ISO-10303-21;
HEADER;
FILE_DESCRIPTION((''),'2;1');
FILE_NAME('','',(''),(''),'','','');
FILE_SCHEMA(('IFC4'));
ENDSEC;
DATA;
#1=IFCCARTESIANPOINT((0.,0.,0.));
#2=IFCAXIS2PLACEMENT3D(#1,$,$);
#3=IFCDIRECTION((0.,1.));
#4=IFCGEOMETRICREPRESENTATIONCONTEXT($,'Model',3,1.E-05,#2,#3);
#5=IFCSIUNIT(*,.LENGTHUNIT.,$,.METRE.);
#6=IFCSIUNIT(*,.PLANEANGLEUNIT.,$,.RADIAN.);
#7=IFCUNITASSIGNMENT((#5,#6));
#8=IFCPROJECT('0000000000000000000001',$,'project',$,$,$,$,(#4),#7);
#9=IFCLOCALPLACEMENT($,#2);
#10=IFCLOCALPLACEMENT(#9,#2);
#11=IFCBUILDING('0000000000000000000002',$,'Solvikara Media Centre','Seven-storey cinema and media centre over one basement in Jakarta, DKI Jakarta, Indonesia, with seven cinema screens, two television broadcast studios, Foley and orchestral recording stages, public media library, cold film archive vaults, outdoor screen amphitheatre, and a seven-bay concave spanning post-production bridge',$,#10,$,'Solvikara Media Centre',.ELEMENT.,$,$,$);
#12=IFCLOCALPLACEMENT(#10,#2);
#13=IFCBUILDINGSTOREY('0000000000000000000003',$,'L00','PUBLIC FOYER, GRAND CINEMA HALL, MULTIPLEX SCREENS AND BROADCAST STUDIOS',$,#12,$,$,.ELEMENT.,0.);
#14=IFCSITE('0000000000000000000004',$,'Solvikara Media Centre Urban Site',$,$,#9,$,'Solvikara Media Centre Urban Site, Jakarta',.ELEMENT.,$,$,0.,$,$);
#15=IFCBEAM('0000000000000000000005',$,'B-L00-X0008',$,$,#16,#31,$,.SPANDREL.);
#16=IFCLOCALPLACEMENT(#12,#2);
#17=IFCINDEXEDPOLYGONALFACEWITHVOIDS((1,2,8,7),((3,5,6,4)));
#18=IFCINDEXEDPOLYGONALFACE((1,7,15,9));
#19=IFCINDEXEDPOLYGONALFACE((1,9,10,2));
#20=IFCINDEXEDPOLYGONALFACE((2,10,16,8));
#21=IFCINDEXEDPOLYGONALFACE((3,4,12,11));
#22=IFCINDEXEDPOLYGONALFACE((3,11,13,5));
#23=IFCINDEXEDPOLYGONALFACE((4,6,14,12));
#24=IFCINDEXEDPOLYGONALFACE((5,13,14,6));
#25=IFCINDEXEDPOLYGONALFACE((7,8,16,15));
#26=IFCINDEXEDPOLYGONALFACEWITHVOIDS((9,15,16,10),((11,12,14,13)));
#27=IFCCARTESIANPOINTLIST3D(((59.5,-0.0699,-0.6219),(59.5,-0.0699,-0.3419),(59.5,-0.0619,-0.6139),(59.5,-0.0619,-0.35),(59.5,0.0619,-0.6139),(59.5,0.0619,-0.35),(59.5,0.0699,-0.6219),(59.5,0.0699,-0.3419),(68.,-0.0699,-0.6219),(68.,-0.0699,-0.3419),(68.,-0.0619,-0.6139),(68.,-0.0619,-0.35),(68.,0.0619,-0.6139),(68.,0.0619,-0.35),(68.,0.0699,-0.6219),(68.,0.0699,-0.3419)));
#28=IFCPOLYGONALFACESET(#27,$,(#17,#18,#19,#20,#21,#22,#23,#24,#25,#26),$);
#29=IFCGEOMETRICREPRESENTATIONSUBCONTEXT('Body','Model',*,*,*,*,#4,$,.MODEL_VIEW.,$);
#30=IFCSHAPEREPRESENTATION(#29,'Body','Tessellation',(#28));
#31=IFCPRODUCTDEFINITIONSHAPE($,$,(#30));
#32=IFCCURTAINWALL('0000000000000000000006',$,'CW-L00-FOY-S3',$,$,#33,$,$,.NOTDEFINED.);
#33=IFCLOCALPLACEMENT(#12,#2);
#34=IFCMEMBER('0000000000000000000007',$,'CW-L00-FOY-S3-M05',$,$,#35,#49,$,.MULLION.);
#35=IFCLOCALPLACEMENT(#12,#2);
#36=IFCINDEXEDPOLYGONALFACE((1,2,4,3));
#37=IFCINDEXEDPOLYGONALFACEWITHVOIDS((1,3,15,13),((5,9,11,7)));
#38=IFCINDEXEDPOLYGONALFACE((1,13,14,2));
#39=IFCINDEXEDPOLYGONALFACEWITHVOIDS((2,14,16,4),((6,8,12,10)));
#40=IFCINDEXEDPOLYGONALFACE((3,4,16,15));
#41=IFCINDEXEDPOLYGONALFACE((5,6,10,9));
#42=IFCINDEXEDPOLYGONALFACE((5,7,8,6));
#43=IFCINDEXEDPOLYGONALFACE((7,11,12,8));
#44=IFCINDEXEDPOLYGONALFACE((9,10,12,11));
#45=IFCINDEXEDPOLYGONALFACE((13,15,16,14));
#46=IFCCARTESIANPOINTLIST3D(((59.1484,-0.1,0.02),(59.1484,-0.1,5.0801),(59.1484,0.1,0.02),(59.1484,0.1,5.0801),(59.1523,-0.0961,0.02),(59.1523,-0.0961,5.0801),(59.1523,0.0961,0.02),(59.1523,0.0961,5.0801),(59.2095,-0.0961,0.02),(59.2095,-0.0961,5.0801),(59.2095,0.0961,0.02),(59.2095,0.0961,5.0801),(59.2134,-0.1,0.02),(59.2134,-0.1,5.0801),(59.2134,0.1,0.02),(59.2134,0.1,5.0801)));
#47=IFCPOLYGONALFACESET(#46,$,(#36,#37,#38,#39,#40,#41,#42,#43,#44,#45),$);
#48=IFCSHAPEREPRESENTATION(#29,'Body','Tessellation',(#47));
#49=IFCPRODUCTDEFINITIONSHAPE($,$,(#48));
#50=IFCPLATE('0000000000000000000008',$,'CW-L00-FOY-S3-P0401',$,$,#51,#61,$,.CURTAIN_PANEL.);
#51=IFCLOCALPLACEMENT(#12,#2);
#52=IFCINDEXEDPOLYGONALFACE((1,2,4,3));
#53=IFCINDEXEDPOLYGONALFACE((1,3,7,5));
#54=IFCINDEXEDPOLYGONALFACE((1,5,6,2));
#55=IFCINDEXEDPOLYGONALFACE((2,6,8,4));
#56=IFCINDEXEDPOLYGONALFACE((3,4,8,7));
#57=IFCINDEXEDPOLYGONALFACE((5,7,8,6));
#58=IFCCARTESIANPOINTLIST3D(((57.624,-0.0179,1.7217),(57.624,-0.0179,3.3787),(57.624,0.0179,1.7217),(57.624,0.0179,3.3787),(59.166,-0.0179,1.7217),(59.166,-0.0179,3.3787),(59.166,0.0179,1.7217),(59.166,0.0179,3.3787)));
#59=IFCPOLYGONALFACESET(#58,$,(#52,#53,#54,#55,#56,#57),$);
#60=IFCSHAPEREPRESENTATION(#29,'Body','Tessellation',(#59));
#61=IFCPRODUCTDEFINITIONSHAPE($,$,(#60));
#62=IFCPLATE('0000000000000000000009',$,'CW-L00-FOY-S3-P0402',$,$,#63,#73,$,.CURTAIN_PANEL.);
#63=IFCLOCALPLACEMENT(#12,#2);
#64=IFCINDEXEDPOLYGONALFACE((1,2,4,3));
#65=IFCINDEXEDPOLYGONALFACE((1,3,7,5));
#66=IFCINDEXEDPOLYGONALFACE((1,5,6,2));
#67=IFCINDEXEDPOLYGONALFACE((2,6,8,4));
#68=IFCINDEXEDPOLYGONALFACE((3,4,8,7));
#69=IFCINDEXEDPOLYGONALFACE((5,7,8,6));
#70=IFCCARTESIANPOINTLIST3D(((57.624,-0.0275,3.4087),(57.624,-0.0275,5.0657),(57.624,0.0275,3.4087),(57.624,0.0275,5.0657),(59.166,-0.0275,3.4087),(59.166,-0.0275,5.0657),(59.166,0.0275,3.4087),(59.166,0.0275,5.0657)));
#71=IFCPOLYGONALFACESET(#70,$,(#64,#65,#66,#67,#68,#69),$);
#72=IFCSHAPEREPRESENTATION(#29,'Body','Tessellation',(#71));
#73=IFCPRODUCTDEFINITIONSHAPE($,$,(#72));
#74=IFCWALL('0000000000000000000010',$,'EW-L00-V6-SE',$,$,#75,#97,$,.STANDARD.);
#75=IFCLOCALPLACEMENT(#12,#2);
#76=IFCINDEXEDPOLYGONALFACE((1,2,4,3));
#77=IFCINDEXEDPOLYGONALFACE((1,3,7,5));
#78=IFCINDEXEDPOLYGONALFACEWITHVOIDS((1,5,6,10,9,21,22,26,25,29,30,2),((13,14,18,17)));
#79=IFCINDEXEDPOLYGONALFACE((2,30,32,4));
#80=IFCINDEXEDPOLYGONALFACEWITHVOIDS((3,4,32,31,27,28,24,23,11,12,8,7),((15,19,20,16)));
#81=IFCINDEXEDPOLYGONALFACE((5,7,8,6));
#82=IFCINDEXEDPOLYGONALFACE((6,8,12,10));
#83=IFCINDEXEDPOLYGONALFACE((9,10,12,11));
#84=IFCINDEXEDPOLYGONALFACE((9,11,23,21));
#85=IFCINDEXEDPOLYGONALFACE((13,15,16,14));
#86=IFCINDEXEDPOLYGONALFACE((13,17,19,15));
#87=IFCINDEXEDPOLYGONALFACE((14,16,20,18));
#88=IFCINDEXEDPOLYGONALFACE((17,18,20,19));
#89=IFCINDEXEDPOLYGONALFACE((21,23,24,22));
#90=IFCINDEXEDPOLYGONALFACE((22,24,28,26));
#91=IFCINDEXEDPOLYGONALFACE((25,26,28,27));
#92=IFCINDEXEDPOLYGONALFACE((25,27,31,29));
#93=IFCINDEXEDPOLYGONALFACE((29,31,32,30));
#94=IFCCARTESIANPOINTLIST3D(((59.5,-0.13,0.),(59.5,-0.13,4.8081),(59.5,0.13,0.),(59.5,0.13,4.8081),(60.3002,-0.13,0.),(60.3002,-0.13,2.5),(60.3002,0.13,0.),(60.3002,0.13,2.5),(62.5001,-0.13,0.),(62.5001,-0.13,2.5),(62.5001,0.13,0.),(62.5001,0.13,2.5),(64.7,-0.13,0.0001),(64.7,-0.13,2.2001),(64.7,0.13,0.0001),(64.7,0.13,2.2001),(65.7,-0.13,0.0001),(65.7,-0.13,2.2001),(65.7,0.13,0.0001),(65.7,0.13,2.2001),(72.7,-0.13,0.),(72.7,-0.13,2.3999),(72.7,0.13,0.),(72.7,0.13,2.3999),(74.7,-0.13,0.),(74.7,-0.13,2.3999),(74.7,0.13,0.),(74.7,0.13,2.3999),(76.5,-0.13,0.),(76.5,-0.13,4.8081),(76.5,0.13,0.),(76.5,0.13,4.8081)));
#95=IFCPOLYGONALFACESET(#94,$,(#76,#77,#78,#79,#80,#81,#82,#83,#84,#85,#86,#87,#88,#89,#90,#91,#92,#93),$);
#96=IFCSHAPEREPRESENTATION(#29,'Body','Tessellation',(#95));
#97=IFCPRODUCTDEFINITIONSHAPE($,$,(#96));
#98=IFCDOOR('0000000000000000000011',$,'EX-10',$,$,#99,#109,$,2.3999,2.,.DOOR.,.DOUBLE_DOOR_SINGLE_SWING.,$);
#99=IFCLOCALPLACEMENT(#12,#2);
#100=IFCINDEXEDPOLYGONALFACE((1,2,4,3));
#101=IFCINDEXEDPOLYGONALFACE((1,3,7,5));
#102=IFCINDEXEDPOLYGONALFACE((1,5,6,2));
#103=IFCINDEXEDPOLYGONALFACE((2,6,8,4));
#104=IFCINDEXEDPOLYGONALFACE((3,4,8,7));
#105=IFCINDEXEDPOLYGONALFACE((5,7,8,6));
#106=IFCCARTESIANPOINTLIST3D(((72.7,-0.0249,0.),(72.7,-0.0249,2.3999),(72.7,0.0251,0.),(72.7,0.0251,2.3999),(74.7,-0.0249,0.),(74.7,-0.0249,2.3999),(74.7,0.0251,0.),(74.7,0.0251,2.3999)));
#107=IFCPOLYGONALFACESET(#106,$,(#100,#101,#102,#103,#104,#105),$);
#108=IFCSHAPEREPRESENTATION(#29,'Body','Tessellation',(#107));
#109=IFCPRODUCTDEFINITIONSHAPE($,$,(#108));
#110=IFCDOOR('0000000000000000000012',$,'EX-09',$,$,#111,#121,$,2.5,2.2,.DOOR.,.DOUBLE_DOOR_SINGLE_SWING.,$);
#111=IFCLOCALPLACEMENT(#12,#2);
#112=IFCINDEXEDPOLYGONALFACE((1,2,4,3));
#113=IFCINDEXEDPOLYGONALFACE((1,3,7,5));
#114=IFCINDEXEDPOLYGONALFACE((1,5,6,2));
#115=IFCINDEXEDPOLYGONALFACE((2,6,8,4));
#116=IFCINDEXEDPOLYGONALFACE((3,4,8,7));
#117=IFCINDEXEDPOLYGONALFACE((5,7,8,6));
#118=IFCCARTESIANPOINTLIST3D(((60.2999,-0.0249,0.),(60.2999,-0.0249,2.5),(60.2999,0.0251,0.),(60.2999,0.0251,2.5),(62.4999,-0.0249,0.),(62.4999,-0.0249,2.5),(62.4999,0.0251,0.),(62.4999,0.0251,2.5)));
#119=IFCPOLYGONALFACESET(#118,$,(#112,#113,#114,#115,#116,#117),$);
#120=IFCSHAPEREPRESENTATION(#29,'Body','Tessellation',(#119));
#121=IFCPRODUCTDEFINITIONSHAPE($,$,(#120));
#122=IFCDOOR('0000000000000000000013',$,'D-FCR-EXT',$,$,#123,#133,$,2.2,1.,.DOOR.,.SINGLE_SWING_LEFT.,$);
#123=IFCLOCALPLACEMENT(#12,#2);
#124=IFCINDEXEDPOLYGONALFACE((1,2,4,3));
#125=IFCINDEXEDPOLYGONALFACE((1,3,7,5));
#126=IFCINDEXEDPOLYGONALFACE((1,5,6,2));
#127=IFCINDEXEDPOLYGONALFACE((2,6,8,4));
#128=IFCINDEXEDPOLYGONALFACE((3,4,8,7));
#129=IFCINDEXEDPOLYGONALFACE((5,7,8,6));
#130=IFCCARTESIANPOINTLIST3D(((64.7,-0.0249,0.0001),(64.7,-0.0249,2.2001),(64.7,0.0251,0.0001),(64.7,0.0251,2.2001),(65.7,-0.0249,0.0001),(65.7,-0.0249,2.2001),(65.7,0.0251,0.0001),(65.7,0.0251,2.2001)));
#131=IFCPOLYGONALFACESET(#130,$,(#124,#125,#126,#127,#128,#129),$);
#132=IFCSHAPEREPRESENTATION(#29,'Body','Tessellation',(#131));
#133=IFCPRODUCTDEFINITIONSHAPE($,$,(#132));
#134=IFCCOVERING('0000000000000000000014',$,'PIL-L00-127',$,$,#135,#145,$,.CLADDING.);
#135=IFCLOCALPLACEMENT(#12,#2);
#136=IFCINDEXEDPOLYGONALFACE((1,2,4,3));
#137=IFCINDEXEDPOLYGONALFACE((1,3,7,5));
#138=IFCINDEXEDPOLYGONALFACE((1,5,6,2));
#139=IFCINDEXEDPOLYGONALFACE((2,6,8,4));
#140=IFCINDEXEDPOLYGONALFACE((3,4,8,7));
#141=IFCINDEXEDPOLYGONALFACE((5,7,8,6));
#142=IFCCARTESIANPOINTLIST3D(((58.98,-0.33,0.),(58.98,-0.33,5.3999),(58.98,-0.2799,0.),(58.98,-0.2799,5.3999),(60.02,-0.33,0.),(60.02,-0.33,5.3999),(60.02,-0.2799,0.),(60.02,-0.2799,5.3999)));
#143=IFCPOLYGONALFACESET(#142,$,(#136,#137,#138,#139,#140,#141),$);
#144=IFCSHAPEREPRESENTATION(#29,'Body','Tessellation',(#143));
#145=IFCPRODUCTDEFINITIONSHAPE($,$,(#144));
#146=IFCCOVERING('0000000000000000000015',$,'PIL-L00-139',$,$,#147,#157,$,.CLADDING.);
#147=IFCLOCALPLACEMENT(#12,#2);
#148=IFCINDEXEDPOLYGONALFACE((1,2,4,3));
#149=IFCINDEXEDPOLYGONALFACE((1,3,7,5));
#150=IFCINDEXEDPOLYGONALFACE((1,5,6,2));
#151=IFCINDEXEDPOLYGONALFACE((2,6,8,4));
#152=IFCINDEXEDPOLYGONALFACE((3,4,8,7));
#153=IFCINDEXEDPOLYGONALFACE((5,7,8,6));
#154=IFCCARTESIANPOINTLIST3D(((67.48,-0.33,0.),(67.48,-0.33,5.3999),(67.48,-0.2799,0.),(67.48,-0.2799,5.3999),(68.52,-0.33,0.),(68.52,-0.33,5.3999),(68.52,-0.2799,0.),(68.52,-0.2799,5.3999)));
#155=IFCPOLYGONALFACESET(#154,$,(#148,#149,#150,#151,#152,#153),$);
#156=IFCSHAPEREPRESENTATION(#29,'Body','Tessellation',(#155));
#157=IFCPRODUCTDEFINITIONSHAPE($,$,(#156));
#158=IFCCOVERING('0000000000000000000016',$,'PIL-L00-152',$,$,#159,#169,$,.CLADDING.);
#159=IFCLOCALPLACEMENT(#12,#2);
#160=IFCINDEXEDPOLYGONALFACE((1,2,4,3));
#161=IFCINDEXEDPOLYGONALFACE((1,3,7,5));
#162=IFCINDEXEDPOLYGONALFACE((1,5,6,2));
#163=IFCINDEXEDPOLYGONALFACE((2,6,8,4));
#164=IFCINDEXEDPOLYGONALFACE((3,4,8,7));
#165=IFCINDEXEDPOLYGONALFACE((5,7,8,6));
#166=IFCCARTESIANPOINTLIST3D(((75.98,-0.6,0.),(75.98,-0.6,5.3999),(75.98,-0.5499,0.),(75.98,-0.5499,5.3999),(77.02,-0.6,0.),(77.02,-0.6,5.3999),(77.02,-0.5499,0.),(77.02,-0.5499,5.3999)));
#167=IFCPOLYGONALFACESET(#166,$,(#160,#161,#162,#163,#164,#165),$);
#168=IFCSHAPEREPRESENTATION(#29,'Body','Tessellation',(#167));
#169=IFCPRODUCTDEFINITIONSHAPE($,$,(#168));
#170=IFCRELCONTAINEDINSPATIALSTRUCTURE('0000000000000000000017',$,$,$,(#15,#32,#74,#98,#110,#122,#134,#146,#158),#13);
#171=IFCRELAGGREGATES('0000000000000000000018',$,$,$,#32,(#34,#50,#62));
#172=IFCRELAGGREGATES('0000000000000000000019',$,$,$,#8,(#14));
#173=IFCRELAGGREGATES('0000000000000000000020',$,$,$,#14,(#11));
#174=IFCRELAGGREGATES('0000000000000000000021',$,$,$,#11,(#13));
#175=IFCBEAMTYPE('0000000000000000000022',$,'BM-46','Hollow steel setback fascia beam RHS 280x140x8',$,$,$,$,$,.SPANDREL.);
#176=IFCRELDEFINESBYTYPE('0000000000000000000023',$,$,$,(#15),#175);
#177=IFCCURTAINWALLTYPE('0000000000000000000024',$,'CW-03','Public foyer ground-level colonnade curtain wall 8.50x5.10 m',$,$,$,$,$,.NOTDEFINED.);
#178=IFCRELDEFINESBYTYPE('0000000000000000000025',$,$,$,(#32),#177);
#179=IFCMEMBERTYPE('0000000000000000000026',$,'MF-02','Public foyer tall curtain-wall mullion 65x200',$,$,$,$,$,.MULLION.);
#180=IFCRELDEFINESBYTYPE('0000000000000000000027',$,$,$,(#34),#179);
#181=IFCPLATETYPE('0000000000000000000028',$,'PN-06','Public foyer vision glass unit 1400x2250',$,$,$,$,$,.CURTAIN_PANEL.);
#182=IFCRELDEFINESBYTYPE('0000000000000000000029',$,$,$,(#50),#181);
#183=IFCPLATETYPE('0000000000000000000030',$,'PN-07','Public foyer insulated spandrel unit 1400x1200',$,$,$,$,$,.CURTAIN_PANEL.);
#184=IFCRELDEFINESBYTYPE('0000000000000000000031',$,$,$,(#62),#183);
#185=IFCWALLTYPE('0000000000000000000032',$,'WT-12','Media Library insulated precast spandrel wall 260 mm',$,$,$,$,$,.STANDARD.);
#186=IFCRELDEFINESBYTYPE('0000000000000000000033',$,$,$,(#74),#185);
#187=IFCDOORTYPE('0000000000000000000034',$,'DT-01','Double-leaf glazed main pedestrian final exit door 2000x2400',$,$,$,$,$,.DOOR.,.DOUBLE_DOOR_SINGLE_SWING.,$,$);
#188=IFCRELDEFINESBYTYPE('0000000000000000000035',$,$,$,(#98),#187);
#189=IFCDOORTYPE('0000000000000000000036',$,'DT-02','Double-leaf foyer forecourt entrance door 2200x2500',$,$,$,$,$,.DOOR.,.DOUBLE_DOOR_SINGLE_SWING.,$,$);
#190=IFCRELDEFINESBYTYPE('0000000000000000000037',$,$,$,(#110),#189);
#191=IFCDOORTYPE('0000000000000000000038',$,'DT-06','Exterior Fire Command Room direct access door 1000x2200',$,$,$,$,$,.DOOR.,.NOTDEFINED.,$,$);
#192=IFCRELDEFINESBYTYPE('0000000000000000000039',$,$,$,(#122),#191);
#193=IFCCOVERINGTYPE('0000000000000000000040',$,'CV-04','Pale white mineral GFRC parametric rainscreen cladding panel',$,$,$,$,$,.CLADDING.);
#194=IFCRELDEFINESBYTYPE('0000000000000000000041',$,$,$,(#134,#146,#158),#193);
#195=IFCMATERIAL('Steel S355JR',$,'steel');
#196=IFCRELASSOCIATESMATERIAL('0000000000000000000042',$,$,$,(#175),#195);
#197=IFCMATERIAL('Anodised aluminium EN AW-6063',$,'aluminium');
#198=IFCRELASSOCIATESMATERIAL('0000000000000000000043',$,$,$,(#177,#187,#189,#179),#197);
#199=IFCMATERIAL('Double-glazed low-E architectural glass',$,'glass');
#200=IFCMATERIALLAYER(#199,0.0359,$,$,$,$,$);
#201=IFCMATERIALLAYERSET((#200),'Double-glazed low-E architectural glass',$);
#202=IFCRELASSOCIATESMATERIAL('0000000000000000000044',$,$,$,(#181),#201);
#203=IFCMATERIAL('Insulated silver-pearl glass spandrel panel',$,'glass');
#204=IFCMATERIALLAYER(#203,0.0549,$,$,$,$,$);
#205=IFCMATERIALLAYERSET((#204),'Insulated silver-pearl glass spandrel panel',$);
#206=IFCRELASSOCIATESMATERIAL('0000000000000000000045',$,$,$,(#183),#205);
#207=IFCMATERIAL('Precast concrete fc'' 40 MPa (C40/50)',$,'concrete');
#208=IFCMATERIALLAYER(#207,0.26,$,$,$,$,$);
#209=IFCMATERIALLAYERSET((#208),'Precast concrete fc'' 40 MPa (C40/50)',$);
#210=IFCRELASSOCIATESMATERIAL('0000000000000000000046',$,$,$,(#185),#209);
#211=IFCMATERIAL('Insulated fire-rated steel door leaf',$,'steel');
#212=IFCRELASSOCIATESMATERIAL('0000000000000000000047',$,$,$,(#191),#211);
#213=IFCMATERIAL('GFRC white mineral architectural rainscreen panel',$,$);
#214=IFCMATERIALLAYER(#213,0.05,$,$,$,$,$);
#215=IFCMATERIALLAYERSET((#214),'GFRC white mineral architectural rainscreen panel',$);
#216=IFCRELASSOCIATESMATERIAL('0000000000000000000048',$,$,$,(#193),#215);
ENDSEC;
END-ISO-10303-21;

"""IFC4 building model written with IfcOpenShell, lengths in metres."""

from ifc_helpers import new_model, si_unit, direction, frame, frame_2d, origin, origin_2d, place, context, subcontext, project, spatial, rectangle, hollow_rectangle, extrude, material, layer, layer_set, material_profile, profile_set, type_object, element, fill, aggregate, save


model = new_model("IFC4")

# Units and contexts
model_context = context("Model", 3, precision=1e-05, world=origin(), true_north=direction((0.0, 1.0)))
body_context = subcontext(model_context, "Body", "Model", "MODEL_VIEW")
ifc_project = project(units=[si_unit("LENGTHUNIT", "METRE"), si_unit("PLANEANGLEUNIT", "RADIAN")], contexts=[model_context])

# Site, building, storey
site_placement = place(None, origin())
site = spatial("IfcSite", under=ifc_project, at=site_placement, Name="Solvikara Media Centre Urban Site", LongName="Solvikara Media Centre Urban Site, Jakarta", CompositionType="ELEMENT", RefElevation=0.0)
building_placement = place(site_placement, origin())
building = spatial("IfcBuilding", under=site, at=building_placement, Name="Solvikara Media Centre", Description="Seven-storey cinema and media centre over one basement in Jakarta, DKI Jakarta, Indonesia, with seven cinema screens, two television broadcast studios, Foley and orchestral recording stages, public media library, cold film archive vaults, outdoor screen amphitheatre, and a seven-bay concave spanning post-production bridge", LongName="Solvikara Media Centre", CompositionType="ELEMENT")
storey_placement = place(building_placement, origin())
storey = spatial("IfcBuildingStorey", under=building, at=storey_placement, Name="L00", Description="PUBLIC FOYER, GRAND CINEMA HALL, MULTIPLEX SCREENS AND BROADCAST STUDIOS", CompositionType="ELEMENT", Elevation=0.0)

# Shared definitions
ifc_material_1 = material(Name="Steel S355JR", Category="steel")

# Beam
ifc_material_profile_1 = material_profile(ifc_material_1, hollow_rectangle(XDim=0.1399, YDim=0.28, WallThickness=0.0081, at=origin_2d()), Name="RHS 280x140x8")
ifc_profile_set_1 = profile_set([ifc_material_profile_1], Name="Steel S355JR")
beam_type_1 = type_object("IfcBeamType", Name="BM-46", Description="Hollow steel setback fascia beam RHS 280x140x8", PredefinedType="SPANDREL", material=ifc_profile_set_1)
beam_1_placement = place(storey_placement, frame((59.5, 0.0, -0.4819), z_axis=(1.0, 0.0, 0.0), x_axis=(0.0, 1.0, 0.0)))
element("IfcBeam", 1, at=beam_1_placement, inside=storey, type_object=beam_type_1, Name="B-L00-X0008", PredefinedType="SPANDREL", context=body_context, shape_type="SweptSolid", body=[
    extrude(hollow_rectangle(XDim=0.1399, YDim=0.28, WallThickness=0.0081, at=origin_2d()), origin(), (0.0, 0.0, 1.0), 8.5),
])

# Curtain wall, member, plates
ifc_material_2 = material(Name="Anodised aluminium EN AW-6063", Category="aluminium")
curtain_wall_type = type_object("IfcCurtainWallType", Name="CW-03", Description="Public foyer ground-level colonnade curtain wall 8.50x5.10 m", PredefinedType="NOTDEFINED", material=ifc_material_2)
curtain_wall_placement = place(storey_placement, origin())
curtain_wall = element("IfcCurtainWall", 2, at=curtain_wall_placement, inside=storey, type_object=curtain_wall_type, Name="CW-L00-FOY-S3", PredefinedType="NOTDEFINED")
ifc_material_profile_2 = material_profile(ifc_material_2, hollow_rectangle(XDim=0.0649, YDim=0.2, WallThickness=0.0039, at=origin_2d()), Name="ALU-M 65x200x4")
ifc_profile_set_2 = profile_set([ifc_material_profile_2], Name="Anodised aluminium EN AW-6063")
member_type = type_object("IfcMemberType", Name="MF-02", Description="Public foyer tall curtain-wall mullion 65x200", PredefinedType="MULLION", material=ifc_profile_set_2)
member_placement = place(storey_placement, frame((59.1809, 0.0, 0.02), z_axis=(0.0, 0.0, 1.0), x_axis=(1.0, 0.0, 0.0)))
member = element("IfcMember", 3, at=member_placement, type_object=member_type, Name="CW-L00-FOY-S3-M05", PredefinedType="MULLION", context=body_context, shape_type="SweptSolid", body=[
    extrude(hollow_rectangle(XDim=0.0649, YDim=0.2, WallThickness=0.0039, at=origin_2d()), origin(), (0.0, 0.0, 1.0), 5.0601),
])
ifc_material_3 = material(Name="Double-glazed low-E architectural glass", Category="glass")
ifc_layer_1 = layer(ifc_material_3, 0.0359)
ifc_layer_set_1 = layer_set([ifc_layer_1], Name="Double-glazed low-E architectural glass")
plate_type_1 = type_object("IfcPlateType", Name="PN-06", Description="Public foyer vision glass unit 1400x2250", PredefinedType="CURTAIN_PANEL", material=ifc_layer_set_1)
plate_1_placement = place(storey_placement, frame((58.395, 0.0, 1.7217), z_axis=(0.0, 0.0, 1.0), x_axis=(1.0, 0.0, 0.0)))
plate_1 = element("IfcPlate", 4, at=plate_1_placement, type_object=plate_type_1, Name="CW-L00-FOY-S3-P0401", PredefinedType="CURTAIN_PANEL", context=body_context, shape_type="SweptSolid", body=[
    extrude(rectangle(XDim=1.542, YDim=0.0359, at=origin_2d()), origin(), (0.0, 0.0, 1.0), 1.657),
])
ifc_material_4 = material(Name="Insulated silver-pearl glass spandrel panel", Category="glass")
ifc_layer_2 = layer(ifc_material_4, 0.0549)
ifc_layer_set_2 = layer_set([ifc_layer_2], Name="Insulated silver-pearl glass spandrel panel")
plate_type_2 = type_object("IfcPlateType", Name="PN-07", Description="Public foyer insulated spandrel unit 1400x1200", PredefinedType="CURTAIN_PANEL", material=ifc_layer_set_2)
plate_2_placement = place(storey_placement, frame((58.395, 0.0, 3.4087), z_axis=(0.0, 0.0, 1.0), x_axis=(1.0, 0.0, 0.0)))
plate_2 = element("IfcPlate", 5, at=plate_2_placement, type_object=plate_type_2, Name="CW-L00-FOY-S3-P0402", PredefinedType="CURTAIN_PANEL", context=body_context, shape_type="SweptSolid", body=[
    extrude(rectangle(XDim=1.542, YDim=0.0549, at=origin_2d()), origin(), (0.0, 0.0, 1.0), 1.657),
])
aggregate(curtain_wall, [member, plate_1, plate_2])

# Wall, openings, doors
ifc_material_5 = material(Name="Precast concrete fc' 40 MPa (C40/50)", Category="concrete")
ifc_layer_3 = layer(ifc_material_5, 0.26)
ifc_layer_set_3 = layer_set([ifc_layer_3], Name="Precast concrete fc' 40 MPa (C40/50)")
wall_type = type_object("IfcWallType", Name="WT-12", Description="Media Library insulated precast spandrel wall 260 mm", PredefinedType="STANDARD", material=ifc_layer_set_3)
wall_placement = place(storey_placement, frame((59.5, 0.0, 0.0), z_axis=(0.0, 0.0, 1.0), x_axis=(1.0, 0.0, 0.0)))
wall = element("IfcWall", 6, at=wall_placement, inside=storey, type_object=wall_type, Name="EW-L00-V6-SE", PredefinedType="STANDARD", context=body_context, shape_type="SweptSolid", body=[
    extrude(rectangle(XDim=17.0, YDim=0.26, at=frame_2d((8.5, 0.0))), origin(), (0.0, 0.0, 1.0), 4.8081),
])
opening_1_placement = place(wall_placement, frame((0.8, 0.0, 0.0)))
opening_1 = element("IfcOpeningElement", 7, at=opening_1_placement, cuts=wall, PredefinedType="OPENING", context=body_context, shape_type="SweptSolid", body=[
    extrude(rectangle(XDim=2.2, YDim=2.5, at=frame_2d((1.1001, 1.25))), frame((0.0, 0.1421, 0.0), z_axis=(0.0, -1.0, 0.0), x_axis=(1.0, 0.0, 0.0)), (0.0, 0.0, 1.0), 0.2839),
])
opening_2_placement = place(wall_placement, frame((5.2, 0.0, 0.0)))
opening_2 = element("IfcOpeningElement", 8, at=opening_2_placement, cuts=wall, PredefinedType="OPENING", context=body_context, shape_type="SweptSolid", body=[
    extrude(rectangle(XDim=1.0, YDim=2.2, at=frame_2d((0.5, 1.1001))), frame((0.0, 0.1421, 0.0), z_axis=(0.0, -1.0, 0.0), x_axis=(1.0, 0.0, 0.0)), (0.0, 0.0, 1.0), 0.2839),
])
opening_3_placement = place(wall_placement, frame((13.2, 0.0, 0.0)))
opening_3 = element("IfcOpeningElement", 9, at=opening_3_placement, cuts=wall, PredefinedType="OPENING", context=body_context, shape_type="SweptSolid", body=[
    extrude(rectangle(XDim=2.0, YDim=2.3999, at=frame_2d((1.0, 1.2))), frame((0.0, 0.1421, 0.0), z_axis=(0.0, -1.0, 0.0), x_axis=(1.0, 0.0, 0.0)), (0.0, 0.0, 1.0), 0.2839),
])
door_type_1 = type_object("IfcDoorType", Name="DT-01", Description="Double-leaf glazed main pedestrian final exit door 2000x2400", OperationType="DOUBLE_DOOR_SINGLE_SWING", PredefinedType="DOOR", material=ifc_material_2)
door_1_placement = place(opening_3_placement, frame((2.0, 0.0, 0.0), z_axis=(0.0, 0.0, 1.0), x_axis=(-1.0, 0.0, 0.0)))
door_1 = element("IfcDoor", 10, at=door_1_placement, inside=storey, type_object=door_type_1, Name="EX-10", OperationType="DOUBLE_DOOR_SINGLE_SWING", OverallHeight=2.3999, OverallWidth=2.0, PredefinedType="DOOR", context=body_context, shape_type="SweptSolid", body=[
    extrude(rectangle(XDim=2.0, YDim=2.3999, at=frame_2d((1.0, 1.2))), frame((0.0, 0.0249, 0.0), z_axis=(0.0, -1.0, 0.0), x_axis=(1.0, 0.0, 0.0)), (0.0, 0.0, 1.0), 0.05),
])
fill(opening_3, door_1)
door_type_2 = type_object("IfcDoorType", Name="DT-02", Description="Double-leaf foyer forecourt entrance door 2200x2500", OperationType="DOUBLE_DOOR_SINGLE_SWING", PredefinedType="DOOR", material=ifc_material_2)
door_2_placement = place(opening_1_placement, frame((2.2, 0.0, 0.0), z_axis=(0.0, 0.0, 1.0), x_axis=(-1.0, 0.0, 0.0)))
door_2 = element("IfcDoor", 11, at=door_2_placement, inside=storey, type_object=door_type_2, Name="EX-09", OperationType="DOUBLE_DOOR_SINGLE_SWING", OverallHeight=2.5, OverallWidth=2.2, PredefinedType="DOOR", context=body_context, shape_type="SweptSolid", body=[
    extrude(rectangle(XDim=2.2, YDim=2.5, at=frame_2d((1.1001, 1.25))), frame((0.0, 0.0249, 0.0), z_axis=(0.0, -1.0, 0.0), x_axis=(1.0, 0.0, 0.0)), (0.0, 0.0, 1.0), 0.05),
])
fill(opening_1, door_2)
ifc_material_6 = material(Name="Insulated fire-rated steel door leaf", Category="steel")
door_type_3 = type_object("IfcDoorType", Name="DT-06", Description="Exterior Fire Command Room direct access door 1000x2200", OperationType="NOTDEFINED", PredefinedType="DOOR", material=ifc_material_6)
door_3_placement = place(opening_2_placement, frame((1.0, 0.0, 0.0), z_axis=(0.0, 0.0, 1.0), x_axis=(-1.0, 0.0, 0.0)))
door_3 = element("IfcDoor", 12, at=door_3_placement, inside=storey, type_object=door_type_3, Name="D-FCR-EXT", OperationType="SINGLE_SWING_LEFT", OverallHeight=2.2, OverallWidth=1.0, PredefinedType="DOOR", context=body_context, shape_type="SweptSolid", body=[
    extrude(rectangle(XDim=1.0, YDim=2.2, at=frame_2d((0.5, 1.1001))), frame((0.0, 0.0249, 0.0), z_axis=(0.0, -1.0, 0.0), x_axis=(1.0, 0.0, 0.0)), (0.0, 0.0, 1.0), 0.05),
])
fill(opening_2, door_3)

# Coverings
ifc_material_7 = material(Name="GFRC white mineral architectural rainscreen panel")
ifc_layer_4 = layer(ifc_material_7, 0.05)
ifc_layer_set_4 = layer_set([ifc_layer_4], Name="GFRC white mineral architectural rainscreen panel")
covering_type = type_object("IfcCoveringType", Name="CV-04", Description="Pale white mineral GFRC parametric rainscreen cladding panel", PredefinedType="CLADDING", material=ifc_layer_set_4)
for number, where, z_axis, x_axis, name in (
    (13, (59.5, -0.3049, 0.0), (0.0, 0.0, 1.0), (1.0, 0.0, 0.0), "PIL-L00-127"),
    (14, (68.0, -0.3049, 0.0), (0.0, 0.0, 1.0), (1.0, 0.0, 0.0), "PIL-L00-139"),
    (15, (76.5, -0.575, 0.0), (0.0, 0.0, 1.0), (1.0, 0.0, 0.0), "PIL-L00-152"),
):
    element("IfcCovering", number, at=place(storey_placement, frame(where, z_axis=z_axis, x_axis=x_axis)), inside=storey, type_object=covering_type, Name=name, PredefinedType="CLADDING", context=body_context, shape_type="SweptSolid", body=[
        extrude(rectangle(XDim=1.04, YDim=0.05, at=origin_2d()), origin(), (0.0, 0.0, 1.0), 5.3999),
    ])

save(model, "model.ifc")
